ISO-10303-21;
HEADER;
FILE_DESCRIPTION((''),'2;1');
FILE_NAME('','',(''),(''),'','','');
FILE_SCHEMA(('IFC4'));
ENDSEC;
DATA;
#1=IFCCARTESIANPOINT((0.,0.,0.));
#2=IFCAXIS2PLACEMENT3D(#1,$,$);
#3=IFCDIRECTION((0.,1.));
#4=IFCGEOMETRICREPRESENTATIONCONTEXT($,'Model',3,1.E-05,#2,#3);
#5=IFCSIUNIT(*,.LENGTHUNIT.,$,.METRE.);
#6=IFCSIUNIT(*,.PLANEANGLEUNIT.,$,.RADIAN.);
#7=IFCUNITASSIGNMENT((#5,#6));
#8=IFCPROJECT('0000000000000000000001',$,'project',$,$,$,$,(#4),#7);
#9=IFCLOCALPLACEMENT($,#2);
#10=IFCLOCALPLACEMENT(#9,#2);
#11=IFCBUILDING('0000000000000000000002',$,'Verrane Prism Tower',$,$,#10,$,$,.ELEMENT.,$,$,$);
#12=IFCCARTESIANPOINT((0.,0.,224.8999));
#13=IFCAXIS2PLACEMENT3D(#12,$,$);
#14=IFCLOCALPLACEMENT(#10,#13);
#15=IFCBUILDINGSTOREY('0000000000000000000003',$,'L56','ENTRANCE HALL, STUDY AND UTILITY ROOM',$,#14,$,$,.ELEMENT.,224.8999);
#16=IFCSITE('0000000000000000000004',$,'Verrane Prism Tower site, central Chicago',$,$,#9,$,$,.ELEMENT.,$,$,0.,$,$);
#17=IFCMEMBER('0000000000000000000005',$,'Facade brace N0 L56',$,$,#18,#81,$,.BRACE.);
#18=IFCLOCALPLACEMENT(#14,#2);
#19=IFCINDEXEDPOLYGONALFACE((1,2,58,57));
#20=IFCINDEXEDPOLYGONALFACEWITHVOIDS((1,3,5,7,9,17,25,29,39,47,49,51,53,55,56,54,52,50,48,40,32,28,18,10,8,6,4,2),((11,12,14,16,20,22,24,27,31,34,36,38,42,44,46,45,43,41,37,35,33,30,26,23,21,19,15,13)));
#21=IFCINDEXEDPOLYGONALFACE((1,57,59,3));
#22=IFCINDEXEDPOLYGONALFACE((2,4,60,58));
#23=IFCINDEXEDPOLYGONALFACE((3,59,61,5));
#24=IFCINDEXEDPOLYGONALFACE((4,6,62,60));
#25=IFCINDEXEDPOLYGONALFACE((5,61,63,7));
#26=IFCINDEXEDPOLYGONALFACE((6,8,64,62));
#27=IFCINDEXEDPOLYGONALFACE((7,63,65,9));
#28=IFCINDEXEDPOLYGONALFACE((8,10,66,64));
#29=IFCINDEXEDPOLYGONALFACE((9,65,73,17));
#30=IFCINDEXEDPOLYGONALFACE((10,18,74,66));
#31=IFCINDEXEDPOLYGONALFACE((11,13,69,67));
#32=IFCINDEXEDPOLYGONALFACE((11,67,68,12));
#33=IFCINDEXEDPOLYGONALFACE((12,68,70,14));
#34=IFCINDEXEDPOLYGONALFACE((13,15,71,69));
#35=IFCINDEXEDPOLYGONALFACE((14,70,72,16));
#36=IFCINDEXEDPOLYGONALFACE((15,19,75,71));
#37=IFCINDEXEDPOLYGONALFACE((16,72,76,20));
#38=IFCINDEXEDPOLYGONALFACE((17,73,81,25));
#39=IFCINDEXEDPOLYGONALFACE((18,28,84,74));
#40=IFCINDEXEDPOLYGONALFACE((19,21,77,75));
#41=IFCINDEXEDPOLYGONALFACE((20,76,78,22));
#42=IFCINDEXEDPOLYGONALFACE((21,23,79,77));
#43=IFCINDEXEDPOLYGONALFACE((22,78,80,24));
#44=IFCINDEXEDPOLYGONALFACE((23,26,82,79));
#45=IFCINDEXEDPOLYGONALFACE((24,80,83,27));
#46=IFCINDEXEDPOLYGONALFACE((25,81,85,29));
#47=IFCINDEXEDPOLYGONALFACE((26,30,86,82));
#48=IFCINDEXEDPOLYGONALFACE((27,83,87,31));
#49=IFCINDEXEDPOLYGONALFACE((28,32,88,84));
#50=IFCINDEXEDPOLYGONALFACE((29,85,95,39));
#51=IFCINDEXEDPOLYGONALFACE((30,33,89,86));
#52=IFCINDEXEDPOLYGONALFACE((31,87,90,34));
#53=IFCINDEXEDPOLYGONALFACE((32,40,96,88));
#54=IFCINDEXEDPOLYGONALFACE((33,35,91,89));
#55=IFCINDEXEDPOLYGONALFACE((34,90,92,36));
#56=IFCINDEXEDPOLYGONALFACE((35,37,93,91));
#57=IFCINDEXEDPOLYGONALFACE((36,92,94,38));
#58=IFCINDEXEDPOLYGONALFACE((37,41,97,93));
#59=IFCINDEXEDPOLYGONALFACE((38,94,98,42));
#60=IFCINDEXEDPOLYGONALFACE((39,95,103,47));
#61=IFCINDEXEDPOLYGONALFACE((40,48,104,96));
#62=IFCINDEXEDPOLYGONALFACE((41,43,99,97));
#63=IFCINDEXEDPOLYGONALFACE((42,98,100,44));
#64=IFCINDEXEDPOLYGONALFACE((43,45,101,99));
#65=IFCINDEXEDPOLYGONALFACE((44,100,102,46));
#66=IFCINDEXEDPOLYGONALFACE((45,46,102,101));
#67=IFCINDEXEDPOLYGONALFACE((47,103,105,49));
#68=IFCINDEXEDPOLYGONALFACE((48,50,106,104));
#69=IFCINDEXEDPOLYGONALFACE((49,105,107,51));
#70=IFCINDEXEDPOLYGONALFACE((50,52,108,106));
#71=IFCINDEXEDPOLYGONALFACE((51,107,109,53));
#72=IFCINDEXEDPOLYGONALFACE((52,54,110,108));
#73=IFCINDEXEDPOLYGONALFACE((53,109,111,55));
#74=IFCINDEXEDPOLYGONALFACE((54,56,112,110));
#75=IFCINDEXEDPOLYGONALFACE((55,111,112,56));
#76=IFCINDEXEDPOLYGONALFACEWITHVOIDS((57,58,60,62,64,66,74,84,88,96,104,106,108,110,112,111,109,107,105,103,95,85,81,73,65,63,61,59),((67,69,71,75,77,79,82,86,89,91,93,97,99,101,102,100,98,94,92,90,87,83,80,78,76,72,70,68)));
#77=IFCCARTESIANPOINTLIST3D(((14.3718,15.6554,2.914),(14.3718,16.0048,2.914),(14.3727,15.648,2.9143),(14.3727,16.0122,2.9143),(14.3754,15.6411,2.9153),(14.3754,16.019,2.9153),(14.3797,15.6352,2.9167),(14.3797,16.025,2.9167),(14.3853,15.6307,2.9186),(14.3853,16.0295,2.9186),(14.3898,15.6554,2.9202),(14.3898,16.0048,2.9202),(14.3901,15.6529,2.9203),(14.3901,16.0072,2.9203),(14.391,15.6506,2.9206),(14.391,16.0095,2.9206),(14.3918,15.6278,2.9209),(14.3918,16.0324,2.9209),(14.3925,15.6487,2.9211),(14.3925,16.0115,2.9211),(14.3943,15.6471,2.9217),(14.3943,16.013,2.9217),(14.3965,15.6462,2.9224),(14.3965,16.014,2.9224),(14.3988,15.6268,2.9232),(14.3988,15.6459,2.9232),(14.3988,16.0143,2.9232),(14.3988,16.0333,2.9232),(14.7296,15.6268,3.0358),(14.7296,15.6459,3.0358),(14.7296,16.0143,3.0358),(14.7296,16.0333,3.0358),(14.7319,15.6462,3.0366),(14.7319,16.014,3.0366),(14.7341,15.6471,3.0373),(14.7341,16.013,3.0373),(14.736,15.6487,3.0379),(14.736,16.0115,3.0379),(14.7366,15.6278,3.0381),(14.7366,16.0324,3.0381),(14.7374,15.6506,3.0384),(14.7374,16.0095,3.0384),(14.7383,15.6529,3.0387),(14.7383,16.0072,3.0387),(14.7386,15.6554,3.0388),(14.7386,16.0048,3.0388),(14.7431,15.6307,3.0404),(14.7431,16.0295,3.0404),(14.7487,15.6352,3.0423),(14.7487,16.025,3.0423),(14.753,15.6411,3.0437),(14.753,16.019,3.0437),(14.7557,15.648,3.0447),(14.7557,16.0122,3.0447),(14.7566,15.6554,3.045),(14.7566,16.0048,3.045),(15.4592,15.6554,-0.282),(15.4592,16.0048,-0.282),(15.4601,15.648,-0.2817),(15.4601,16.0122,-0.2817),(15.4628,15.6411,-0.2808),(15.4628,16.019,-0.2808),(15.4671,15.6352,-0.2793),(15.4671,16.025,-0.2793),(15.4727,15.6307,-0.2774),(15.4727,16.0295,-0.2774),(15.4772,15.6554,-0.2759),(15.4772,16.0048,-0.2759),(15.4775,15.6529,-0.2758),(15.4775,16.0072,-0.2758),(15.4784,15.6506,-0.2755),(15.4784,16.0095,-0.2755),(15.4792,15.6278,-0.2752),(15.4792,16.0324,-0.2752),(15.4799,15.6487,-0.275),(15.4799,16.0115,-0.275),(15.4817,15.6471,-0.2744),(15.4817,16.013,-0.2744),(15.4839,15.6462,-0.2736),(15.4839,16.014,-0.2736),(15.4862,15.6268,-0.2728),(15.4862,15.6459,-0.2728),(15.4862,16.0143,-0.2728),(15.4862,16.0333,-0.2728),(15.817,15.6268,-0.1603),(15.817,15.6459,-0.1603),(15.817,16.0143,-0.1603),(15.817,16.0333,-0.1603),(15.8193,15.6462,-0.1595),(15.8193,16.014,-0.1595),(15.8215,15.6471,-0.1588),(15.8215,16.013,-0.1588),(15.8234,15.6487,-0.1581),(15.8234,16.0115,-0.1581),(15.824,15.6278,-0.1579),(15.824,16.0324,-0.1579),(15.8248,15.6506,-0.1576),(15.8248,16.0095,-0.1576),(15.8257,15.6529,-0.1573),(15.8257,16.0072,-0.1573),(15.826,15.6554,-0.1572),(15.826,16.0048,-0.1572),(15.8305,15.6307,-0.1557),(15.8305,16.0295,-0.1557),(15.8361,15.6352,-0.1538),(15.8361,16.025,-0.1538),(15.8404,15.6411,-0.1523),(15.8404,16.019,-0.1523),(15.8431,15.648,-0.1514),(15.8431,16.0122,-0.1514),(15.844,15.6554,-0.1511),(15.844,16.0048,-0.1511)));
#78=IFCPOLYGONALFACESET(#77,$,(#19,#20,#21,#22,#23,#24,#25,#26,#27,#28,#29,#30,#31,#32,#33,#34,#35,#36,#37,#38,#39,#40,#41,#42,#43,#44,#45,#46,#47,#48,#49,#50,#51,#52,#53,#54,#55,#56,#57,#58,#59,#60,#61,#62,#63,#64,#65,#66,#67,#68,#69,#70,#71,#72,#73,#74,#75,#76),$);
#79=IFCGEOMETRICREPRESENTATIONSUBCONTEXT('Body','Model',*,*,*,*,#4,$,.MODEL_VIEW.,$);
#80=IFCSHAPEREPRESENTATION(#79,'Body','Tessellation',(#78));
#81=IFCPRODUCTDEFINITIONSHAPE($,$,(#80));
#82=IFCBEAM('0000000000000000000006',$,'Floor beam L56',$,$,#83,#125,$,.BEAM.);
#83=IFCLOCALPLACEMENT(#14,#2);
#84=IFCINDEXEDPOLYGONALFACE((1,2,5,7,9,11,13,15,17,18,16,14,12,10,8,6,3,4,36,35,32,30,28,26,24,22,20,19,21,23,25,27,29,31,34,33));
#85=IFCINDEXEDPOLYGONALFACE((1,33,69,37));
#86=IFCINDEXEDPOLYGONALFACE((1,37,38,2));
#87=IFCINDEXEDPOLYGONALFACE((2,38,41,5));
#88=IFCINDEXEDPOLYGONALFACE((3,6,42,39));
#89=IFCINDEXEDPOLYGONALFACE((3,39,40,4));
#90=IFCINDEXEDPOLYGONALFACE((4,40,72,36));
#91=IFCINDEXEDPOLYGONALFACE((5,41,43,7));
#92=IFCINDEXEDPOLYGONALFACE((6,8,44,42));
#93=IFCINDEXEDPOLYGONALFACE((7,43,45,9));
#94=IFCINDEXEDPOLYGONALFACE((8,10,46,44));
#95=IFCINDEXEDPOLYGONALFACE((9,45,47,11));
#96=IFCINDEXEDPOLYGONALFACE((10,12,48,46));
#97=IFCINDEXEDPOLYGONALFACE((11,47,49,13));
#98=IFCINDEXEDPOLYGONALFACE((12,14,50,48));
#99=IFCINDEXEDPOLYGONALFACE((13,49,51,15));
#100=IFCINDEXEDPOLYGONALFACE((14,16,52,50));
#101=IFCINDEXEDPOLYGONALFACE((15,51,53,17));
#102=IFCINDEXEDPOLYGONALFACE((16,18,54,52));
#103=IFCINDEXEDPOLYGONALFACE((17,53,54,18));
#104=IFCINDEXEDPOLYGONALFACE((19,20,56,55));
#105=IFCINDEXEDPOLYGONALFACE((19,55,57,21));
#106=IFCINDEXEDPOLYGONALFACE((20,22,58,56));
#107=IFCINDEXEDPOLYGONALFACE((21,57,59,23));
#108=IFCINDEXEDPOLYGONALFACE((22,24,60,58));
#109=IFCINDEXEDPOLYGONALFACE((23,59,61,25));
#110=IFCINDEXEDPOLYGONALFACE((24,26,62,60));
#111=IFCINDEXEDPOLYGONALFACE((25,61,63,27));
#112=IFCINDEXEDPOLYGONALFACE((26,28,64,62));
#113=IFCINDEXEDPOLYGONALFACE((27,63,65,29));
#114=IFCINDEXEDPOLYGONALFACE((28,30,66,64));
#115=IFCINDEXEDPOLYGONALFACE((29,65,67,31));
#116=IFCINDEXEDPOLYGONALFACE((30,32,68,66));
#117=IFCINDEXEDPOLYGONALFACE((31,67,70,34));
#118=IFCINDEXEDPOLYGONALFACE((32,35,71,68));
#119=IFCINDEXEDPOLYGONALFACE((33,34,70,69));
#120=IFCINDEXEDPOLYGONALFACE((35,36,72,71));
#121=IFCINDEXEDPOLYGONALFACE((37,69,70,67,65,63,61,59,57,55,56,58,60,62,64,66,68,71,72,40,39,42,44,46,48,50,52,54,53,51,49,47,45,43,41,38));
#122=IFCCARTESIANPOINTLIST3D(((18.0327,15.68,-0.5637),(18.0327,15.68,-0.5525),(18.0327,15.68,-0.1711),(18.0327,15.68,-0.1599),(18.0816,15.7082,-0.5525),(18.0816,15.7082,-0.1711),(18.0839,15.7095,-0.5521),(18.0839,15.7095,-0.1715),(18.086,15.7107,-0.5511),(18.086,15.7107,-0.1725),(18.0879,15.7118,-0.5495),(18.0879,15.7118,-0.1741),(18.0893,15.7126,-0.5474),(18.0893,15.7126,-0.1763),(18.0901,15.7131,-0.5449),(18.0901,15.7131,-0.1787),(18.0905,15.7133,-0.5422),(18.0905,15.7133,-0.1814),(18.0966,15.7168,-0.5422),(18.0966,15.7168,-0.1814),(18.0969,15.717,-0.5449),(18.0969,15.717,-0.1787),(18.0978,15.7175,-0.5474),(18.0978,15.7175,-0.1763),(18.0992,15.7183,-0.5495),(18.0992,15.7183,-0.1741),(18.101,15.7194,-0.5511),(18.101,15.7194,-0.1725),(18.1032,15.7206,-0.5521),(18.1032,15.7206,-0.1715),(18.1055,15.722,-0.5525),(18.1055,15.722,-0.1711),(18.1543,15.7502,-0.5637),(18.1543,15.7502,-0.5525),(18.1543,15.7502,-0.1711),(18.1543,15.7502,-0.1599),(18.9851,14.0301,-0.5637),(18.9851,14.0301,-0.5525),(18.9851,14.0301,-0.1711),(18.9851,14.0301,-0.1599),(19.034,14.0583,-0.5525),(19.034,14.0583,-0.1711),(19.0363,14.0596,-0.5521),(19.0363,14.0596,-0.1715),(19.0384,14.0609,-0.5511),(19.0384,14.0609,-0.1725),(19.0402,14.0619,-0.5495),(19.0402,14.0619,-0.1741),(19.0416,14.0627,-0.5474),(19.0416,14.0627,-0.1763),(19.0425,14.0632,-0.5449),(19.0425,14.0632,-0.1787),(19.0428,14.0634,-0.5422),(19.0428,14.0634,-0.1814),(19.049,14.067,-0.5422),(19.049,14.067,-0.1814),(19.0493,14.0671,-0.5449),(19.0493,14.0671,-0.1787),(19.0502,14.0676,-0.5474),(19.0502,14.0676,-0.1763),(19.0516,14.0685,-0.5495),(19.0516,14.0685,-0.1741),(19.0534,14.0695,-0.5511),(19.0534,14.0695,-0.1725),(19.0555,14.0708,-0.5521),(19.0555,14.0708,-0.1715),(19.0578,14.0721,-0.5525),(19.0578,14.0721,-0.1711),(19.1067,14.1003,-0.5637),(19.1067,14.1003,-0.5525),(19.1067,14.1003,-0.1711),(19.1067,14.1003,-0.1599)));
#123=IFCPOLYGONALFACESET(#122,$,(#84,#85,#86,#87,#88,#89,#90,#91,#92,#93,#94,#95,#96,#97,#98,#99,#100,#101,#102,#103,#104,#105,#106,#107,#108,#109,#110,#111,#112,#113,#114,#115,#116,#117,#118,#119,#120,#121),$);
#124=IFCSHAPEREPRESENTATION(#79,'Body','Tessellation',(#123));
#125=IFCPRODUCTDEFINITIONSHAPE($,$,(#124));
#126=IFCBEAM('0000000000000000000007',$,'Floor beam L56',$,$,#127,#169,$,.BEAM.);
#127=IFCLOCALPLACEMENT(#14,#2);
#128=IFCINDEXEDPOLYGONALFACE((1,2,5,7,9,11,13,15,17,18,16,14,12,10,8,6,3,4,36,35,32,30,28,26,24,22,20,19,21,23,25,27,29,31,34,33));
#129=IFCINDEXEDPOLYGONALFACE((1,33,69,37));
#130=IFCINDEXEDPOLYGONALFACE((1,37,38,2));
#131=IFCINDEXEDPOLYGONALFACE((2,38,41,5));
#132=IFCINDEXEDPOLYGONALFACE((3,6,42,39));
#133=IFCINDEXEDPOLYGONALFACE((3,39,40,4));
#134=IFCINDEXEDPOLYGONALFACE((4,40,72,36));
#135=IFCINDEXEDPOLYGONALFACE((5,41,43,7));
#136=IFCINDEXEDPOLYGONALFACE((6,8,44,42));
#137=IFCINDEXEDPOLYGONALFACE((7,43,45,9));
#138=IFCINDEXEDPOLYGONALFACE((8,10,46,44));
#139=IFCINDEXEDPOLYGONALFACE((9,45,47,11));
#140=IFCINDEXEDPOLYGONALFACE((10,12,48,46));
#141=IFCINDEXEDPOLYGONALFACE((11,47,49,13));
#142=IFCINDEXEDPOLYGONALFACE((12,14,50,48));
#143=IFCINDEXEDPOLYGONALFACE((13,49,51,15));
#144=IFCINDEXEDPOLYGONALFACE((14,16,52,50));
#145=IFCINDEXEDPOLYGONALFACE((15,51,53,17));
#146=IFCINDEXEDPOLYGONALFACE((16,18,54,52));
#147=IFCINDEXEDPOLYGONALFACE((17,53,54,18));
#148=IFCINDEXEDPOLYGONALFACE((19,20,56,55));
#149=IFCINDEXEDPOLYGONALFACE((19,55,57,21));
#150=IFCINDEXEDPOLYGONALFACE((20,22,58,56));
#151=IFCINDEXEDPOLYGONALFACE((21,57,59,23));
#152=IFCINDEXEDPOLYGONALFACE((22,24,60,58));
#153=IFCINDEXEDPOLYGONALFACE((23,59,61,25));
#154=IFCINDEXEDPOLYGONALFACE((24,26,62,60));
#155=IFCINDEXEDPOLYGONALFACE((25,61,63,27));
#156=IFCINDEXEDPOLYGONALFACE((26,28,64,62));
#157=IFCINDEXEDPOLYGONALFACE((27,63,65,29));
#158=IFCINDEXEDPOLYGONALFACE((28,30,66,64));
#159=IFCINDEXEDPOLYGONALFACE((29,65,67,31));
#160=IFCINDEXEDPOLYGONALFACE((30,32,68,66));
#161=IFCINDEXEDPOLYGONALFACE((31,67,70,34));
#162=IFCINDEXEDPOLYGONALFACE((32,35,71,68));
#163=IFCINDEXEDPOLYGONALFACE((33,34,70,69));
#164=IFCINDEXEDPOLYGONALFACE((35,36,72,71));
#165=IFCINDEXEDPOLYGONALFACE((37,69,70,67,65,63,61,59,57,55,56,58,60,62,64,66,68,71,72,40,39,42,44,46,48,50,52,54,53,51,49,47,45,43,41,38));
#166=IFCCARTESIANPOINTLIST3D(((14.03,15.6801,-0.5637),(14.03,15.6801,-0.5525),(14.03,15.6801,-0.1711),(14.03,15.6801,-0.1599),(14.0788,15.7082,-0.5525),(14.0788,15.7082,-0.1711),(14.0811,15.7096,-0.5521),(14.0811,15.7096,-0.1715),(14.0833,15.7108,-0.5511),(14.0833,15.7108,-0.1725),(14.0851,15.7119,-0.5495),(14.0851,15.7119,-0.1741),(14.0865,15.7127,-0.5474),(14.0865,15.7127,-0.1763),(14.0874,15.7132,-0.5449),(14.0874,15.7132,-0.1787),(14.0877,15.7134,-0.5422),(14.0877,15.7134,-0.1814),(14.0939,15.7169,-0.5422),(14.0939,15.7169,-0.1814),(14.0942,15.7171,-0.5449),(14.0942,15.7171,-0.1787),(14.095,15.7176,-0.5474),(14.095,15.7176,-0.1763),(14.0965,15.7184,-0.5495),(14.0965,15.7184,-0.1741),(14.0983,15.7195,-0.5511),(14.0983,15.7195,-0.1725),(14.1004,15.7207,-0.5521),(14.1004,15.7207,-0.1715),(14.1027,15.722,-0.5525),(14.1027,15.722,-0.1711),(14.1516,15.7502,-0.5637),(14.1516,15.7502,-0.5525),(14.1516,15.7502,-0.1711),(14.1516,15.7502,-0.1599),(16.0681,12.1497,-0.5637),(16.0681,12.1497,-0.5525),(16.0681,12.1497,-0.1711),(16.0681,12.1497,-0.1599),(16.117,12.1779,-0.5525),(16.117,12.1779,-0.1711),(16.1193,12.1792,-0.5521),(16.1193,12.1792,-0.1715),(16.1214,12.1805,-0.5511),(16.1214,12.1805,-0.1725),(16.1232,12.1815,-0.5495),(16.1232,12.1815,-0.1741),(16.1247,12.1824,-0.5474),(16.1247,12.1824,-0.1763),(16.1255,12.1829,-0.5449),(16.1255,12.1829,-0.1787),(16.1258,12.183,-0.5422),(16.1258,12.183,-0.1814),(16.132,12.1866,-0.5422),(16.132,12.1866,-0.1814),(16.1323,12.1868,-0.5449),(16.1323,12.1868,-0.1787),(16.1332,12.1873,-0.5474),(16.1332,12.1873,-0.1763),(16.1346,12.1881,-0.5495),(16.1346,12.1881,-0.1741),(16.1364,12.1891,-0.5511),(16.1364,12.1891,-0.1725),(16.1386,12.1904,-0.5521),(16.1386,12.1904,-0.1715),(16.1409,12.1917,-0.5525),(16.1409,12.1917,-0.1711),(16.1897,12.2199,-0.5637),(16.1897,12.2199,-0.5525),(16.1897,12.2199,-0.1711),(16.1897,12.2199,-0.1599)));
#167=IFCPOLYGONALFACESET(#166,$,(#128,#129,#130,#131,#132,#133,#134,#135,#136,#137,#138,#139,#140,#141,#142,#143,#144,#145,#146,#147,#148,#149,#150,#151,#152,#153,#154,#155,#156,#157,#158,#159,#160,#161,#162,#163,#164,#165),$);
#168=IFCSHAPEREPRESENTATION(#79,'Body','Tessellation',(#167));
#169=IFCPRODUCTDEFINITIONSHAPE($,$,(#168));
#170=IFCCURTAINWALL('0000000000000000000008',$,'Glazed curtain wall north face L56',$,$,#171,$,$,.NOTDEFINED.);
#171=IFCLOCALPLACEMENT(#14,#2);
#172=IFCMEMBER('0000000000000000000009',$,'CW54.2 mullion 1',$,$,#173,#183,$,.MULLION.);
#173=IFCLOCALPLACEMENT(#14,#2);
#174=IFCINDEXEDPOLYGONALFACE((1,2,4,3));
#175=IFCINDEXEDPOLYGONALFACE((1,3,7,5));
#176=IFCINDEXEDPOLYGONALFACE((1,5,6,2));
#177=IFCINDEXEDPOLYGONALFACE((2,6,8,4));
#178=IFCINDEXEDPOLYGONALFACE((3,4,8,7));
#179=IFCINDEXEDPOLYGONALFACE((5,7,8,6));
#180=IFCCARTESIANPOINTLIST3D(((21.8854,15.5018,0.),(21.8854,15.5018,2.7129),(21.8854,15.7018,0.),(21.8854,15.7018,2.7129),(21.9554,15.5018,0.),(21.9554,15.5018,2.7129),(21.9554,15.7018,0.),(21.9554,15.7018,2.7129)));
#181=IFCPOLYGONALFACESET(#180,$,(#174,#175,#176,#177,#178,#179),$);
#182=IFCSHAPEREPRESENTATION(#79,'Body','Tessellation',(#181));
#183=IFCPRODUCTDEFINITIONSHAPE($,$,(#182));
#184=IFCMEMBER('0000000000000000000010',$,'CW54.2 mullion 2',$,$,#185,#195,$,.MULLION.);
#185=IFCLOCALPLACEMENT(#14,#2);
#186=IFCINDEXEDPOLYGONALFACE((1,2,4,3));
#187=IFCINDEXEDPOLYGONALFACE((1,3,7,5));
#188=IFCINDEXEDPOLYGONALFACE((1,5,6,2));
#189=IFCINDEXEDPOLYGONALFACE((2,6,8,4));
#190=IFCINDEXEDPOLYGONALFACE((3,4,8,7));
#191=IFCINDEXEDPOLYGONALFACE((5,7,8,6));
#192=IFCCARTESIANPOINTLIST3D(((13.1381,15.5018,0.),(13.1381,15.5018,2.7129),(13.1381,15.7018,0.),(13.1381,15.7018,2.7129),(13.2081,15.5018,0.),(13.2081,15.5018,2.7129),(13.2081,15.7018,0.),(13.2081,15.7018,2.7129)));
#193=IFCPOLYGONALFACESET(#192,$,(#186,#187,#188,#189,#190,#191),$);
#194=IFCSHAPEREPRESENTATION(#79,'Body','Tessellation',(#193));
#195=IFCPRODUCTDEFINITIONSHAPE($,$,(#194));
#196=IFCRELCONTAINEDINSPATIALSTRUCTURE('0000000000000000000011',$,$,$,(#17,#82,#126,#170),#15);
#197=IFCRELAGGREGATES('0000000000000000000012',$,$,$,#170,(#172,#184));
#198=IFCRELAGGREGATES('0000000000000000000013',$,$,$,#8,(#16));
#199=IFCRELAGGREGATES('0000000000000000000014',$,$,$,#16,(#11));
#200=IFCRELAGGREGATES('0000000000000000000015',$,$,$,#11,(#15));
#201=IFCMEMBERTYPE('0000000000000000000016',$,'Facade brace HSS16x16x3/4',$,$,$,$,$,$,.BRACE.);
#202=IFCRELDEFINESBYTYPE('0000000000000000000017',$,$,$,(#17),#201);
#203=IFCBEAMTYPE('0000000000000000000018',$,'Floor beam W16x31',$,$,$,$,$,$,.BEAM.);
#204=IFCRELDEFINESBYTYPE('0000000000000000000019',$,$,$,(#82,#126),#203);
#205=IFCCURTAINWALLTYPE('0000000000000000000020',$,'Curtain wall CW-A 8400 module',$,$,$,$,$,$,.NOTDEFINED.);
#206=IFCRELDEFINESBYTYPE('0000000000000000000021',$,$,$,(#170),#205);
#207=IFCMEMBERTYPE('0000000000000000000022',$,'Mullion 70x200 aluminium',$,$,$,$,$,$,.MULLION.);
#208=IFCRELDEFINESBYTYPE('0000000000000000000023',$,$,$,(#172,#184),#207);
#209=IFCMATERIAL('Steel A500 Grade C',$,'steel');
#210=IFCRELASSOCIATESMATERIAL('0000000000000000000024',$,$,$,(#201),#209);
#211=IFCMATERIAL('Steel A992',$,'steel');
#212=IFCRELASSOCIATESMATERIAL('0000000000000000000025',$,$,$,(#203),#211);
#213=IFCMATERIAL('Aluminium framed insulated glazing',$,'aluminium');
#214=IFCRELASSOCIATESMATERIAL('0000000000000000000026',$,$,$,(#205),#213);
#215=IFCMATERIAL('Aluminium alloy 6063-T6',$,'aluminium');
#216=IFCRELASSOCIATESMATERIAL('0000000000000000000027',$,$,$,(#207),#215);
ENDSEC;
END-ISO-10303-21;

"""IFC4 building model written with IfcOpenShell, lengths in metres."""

from ifc_helpers import new_model, si_unit, direction, frame, origin, origin_2d, place, context, subcontext, project, spatial, rectangle, hollow_rectangle, i_section, extrude, material, material_profile, profile_set, type_object, element, aggregate, save


model = new_model("IFC4")

# Units and contexts
model_context = context("Model", 3, precision=1e-05, world=origin(), true_north=direction((0.0, 1.0)))
body_context = subcontext(model_context, "Body", "Model", "MODEL_VIEW")
ifc_project = project(units=[si_unit("LENGTHUNIT", "METRE"), si_unit("PLANEANGLEUNIT", "RADIAN")], contexts=[model_context])

# Site, building, storey
site_placement = place(None, origin())
site = spatial("IfcSite", under=ifc_project, at=site_placement, Name="Verrane Prism Tower site, central Chicago", CompositionType="ELEMENT", RefElevation=0.0)
building_placement = place(site_placement, origin())
building = spatial("IfcBuilding", under=site, at=building_placement, Name="Verrane Prism Tower", CompositionType="ELEMENT")
storey_placement = place(building_placement, frame((0.0, 0.0, 224.8999)))
storey = spatial("IfcBuildingStorey", under=building, at=storey_placement, Name="L56", Description="ENTRANCE HALL, STUDY AND UTILITY ROOM", CompositionType="ELEMENT", Elevation=224.8999)

# Member
ifc_material_1 = material(Name="Steel A500 Grade C", Category="steel")
ifc_material_profile_1 = material_profile(ifc_material_1, hollow_rectangle(XDim=0.4065, YDim=0.4065, WallThickness=0.019, InnerFilletRadius=0.0095, OuterFilletRadius=0.0286, at=origin_2d()), Name="HSS16x16x3/4")
ifc_profile_set_1 = profile_set([ifc_material_profile_1], Name="Steel A500 Grade C")
member_type_1 = type_object("IfcMemberType", Name="Facade brace HSS16x16x3/4", PredefinedType="BRACE", material=ifc_profile_set_1)
member_1_placement = place(storey_placement, frame((15.6516, 15.8301, -0.2166), z_axis=(-0.322101, 0.0, 0.946705), x_axis=(0.0, -1.0, 0.0)))
element("IfcMember", 1, at=member_1_placement, inside=storey, type_object=member_type_1, Name="Facade brace N0 L56", PredefinedType="BRACE", context=body_context, shape_type="SweptSolid", body=[
    extrude(hollow_rectangle(XDim=0.4065, YDim=0.4065, WallThickness=0.019, InnerFilletRadius=0.0095, OuterFilletRadius=0.0286, at=origin_2d()), origin(), (0.0, 0.0, 1.0), 3.376),
])

# Beams
ifc_material_2 = material(Name="Steel A992", Category="steel")
ifc_material_profile_2 = material_profile(ifc_material_2, i_section(OverallWidth=0.1404, OverallDepth=0.4038, WebThickness=0.0071, FlangeThickness=0.0112, FilletRadius=0.0103, at=origin_2d()), Name="W16x31")
ifc_profile_set_2 = profile_set([ifc_material_profile_2], Name="Steel A992")
beam_type_1 = type_object("IfcBeamType", Name="Floor beam W16x31", PredefinedType="BEAM", material=ifc_profile_set_2)
beam_1_placement = place(storey_placement, frame((19.0459, 14.0652, -0.3618), z_axis=(-0.49993, 0.866066, 0.0), x_axis=(-0.866066, -0.49993, 0.0)))
element("IfcBeam", 2, at=beam_1_placement, inside=storey, type_object=beam_type_1, Name="Floor beam L56", PredefinedType="BEAM", context=body_context, shape_type="SweptSolid", body=[
    extrude(i_section(OverallWidth=0.1404, OverallDepth=0.4038, WebThickness=0.0071, FlangeThickness=0.0112, FilletRadius=0.0103, at=origin_2d()), origin(), (0.0, 0.0, 1.0), 1.905),
])
beam_2_placement = place(storey_placement, frame((16.1289, 12.1848, -0.3618), z_axis=(-0.499978, 0.866038, 0.0), x_axis=(-0.866038, -0.499978, 0.0)))
element("IfcBeam", 3, at=beam_2_placement, inside=storey, type_object=beam_type_1, Name="Floor beam L56", PredefinedType="BEAM", context=body_context, shape_type="SweptSolid", body=[
    extrude(i_section(OverallWidth=0.1404, OverallDepth=0.4038, WebThickness=0.0071, FlangeThickness=0.0112, FilletRadius=0.0103, at=origin_2d()), origin(), (0.0, 0.0, 1.0), 4.0764),
])

# Curtain wall, members
ifc_material_3 = material(Name="Aluminium framed insulated glazing", Category="aluminium")
curtain_wall_type_1 = type_object("IfcCurtainWallType", Name="Curtain wall CW-A 8400 module", PredefinedType="NOTDEFINED", material=ifc_material_3)
curtain_wall_1_placement = place(storey_placement, origin())
curtain_wall_1 = element("IfcCurtainWall", 4, at=curtain_wall_1_placement, inside=storey, type_object=curtain_wall_type_1, Name="Glazed curtain wall north face L56", PredefinedType="NOTDEFINED")
ifc_material_4 = material(Name="Aluminium alloy 6063-T6", Category="aluminium")
ifc_material_profile_3 = material_profile(ifc_material_4, rectangle(XDim=0.2, YDim=0.0701, at=origin_2d()), Name="Mullion 70x200 aluminium")
ifc_profile_set_3 = profile_set([ifc_material_profile_3], Name="Aluminium alloy 6063-T6")
member_type_2 = type_object("IfcMemberType", Name="Mullion 70x200 aluminium", PredefinedType="MULLION", material=ifc_profile_set_3)
member_2_placement = place(storey_placement, frame((21.9204, 15.6018, 0.0), z_axis=(0.0, 0.0, 1.0), x_axis=(0.0, -1.0, 0.0)))
member_2 = element("IfcMember", 5, at=member_2_placement, type_object=member_type_2, Name="CW54.2 mullion 1", PredefinedType="MULLION", context=body_context, shape_type="SweptSolid", body=[
    extrude(rectangle(XDim=0.2, YDim=0.0701, at=origin_2d()), origin(), (0.0, 0.0, 1.0), 2.7129),
])
member_3_placement = place(storey_placement, frame((13.1731, 15.6018, 0.0), z_axis=(0.0, 0.0, 1.0), x_axis=(0.0, -1.0, 0.0)))
member_3 = element("IfcMember", 6, at=member_3_placement, type_object=member_type_2, Name="CW54.2 mullion 2", PredefinedType="MULLION", context=body_context, shape_type="SweptSolid", body=[
    extrude(rectangle(XDim=0.2, YDim=0.0701, at=origin_2d()), origin(), (0.0, 0.0, 1.0), 2.7129),
])

aggregate(curtain_wall_1, [member_2, member_3])

save(model, "model.ifc")
